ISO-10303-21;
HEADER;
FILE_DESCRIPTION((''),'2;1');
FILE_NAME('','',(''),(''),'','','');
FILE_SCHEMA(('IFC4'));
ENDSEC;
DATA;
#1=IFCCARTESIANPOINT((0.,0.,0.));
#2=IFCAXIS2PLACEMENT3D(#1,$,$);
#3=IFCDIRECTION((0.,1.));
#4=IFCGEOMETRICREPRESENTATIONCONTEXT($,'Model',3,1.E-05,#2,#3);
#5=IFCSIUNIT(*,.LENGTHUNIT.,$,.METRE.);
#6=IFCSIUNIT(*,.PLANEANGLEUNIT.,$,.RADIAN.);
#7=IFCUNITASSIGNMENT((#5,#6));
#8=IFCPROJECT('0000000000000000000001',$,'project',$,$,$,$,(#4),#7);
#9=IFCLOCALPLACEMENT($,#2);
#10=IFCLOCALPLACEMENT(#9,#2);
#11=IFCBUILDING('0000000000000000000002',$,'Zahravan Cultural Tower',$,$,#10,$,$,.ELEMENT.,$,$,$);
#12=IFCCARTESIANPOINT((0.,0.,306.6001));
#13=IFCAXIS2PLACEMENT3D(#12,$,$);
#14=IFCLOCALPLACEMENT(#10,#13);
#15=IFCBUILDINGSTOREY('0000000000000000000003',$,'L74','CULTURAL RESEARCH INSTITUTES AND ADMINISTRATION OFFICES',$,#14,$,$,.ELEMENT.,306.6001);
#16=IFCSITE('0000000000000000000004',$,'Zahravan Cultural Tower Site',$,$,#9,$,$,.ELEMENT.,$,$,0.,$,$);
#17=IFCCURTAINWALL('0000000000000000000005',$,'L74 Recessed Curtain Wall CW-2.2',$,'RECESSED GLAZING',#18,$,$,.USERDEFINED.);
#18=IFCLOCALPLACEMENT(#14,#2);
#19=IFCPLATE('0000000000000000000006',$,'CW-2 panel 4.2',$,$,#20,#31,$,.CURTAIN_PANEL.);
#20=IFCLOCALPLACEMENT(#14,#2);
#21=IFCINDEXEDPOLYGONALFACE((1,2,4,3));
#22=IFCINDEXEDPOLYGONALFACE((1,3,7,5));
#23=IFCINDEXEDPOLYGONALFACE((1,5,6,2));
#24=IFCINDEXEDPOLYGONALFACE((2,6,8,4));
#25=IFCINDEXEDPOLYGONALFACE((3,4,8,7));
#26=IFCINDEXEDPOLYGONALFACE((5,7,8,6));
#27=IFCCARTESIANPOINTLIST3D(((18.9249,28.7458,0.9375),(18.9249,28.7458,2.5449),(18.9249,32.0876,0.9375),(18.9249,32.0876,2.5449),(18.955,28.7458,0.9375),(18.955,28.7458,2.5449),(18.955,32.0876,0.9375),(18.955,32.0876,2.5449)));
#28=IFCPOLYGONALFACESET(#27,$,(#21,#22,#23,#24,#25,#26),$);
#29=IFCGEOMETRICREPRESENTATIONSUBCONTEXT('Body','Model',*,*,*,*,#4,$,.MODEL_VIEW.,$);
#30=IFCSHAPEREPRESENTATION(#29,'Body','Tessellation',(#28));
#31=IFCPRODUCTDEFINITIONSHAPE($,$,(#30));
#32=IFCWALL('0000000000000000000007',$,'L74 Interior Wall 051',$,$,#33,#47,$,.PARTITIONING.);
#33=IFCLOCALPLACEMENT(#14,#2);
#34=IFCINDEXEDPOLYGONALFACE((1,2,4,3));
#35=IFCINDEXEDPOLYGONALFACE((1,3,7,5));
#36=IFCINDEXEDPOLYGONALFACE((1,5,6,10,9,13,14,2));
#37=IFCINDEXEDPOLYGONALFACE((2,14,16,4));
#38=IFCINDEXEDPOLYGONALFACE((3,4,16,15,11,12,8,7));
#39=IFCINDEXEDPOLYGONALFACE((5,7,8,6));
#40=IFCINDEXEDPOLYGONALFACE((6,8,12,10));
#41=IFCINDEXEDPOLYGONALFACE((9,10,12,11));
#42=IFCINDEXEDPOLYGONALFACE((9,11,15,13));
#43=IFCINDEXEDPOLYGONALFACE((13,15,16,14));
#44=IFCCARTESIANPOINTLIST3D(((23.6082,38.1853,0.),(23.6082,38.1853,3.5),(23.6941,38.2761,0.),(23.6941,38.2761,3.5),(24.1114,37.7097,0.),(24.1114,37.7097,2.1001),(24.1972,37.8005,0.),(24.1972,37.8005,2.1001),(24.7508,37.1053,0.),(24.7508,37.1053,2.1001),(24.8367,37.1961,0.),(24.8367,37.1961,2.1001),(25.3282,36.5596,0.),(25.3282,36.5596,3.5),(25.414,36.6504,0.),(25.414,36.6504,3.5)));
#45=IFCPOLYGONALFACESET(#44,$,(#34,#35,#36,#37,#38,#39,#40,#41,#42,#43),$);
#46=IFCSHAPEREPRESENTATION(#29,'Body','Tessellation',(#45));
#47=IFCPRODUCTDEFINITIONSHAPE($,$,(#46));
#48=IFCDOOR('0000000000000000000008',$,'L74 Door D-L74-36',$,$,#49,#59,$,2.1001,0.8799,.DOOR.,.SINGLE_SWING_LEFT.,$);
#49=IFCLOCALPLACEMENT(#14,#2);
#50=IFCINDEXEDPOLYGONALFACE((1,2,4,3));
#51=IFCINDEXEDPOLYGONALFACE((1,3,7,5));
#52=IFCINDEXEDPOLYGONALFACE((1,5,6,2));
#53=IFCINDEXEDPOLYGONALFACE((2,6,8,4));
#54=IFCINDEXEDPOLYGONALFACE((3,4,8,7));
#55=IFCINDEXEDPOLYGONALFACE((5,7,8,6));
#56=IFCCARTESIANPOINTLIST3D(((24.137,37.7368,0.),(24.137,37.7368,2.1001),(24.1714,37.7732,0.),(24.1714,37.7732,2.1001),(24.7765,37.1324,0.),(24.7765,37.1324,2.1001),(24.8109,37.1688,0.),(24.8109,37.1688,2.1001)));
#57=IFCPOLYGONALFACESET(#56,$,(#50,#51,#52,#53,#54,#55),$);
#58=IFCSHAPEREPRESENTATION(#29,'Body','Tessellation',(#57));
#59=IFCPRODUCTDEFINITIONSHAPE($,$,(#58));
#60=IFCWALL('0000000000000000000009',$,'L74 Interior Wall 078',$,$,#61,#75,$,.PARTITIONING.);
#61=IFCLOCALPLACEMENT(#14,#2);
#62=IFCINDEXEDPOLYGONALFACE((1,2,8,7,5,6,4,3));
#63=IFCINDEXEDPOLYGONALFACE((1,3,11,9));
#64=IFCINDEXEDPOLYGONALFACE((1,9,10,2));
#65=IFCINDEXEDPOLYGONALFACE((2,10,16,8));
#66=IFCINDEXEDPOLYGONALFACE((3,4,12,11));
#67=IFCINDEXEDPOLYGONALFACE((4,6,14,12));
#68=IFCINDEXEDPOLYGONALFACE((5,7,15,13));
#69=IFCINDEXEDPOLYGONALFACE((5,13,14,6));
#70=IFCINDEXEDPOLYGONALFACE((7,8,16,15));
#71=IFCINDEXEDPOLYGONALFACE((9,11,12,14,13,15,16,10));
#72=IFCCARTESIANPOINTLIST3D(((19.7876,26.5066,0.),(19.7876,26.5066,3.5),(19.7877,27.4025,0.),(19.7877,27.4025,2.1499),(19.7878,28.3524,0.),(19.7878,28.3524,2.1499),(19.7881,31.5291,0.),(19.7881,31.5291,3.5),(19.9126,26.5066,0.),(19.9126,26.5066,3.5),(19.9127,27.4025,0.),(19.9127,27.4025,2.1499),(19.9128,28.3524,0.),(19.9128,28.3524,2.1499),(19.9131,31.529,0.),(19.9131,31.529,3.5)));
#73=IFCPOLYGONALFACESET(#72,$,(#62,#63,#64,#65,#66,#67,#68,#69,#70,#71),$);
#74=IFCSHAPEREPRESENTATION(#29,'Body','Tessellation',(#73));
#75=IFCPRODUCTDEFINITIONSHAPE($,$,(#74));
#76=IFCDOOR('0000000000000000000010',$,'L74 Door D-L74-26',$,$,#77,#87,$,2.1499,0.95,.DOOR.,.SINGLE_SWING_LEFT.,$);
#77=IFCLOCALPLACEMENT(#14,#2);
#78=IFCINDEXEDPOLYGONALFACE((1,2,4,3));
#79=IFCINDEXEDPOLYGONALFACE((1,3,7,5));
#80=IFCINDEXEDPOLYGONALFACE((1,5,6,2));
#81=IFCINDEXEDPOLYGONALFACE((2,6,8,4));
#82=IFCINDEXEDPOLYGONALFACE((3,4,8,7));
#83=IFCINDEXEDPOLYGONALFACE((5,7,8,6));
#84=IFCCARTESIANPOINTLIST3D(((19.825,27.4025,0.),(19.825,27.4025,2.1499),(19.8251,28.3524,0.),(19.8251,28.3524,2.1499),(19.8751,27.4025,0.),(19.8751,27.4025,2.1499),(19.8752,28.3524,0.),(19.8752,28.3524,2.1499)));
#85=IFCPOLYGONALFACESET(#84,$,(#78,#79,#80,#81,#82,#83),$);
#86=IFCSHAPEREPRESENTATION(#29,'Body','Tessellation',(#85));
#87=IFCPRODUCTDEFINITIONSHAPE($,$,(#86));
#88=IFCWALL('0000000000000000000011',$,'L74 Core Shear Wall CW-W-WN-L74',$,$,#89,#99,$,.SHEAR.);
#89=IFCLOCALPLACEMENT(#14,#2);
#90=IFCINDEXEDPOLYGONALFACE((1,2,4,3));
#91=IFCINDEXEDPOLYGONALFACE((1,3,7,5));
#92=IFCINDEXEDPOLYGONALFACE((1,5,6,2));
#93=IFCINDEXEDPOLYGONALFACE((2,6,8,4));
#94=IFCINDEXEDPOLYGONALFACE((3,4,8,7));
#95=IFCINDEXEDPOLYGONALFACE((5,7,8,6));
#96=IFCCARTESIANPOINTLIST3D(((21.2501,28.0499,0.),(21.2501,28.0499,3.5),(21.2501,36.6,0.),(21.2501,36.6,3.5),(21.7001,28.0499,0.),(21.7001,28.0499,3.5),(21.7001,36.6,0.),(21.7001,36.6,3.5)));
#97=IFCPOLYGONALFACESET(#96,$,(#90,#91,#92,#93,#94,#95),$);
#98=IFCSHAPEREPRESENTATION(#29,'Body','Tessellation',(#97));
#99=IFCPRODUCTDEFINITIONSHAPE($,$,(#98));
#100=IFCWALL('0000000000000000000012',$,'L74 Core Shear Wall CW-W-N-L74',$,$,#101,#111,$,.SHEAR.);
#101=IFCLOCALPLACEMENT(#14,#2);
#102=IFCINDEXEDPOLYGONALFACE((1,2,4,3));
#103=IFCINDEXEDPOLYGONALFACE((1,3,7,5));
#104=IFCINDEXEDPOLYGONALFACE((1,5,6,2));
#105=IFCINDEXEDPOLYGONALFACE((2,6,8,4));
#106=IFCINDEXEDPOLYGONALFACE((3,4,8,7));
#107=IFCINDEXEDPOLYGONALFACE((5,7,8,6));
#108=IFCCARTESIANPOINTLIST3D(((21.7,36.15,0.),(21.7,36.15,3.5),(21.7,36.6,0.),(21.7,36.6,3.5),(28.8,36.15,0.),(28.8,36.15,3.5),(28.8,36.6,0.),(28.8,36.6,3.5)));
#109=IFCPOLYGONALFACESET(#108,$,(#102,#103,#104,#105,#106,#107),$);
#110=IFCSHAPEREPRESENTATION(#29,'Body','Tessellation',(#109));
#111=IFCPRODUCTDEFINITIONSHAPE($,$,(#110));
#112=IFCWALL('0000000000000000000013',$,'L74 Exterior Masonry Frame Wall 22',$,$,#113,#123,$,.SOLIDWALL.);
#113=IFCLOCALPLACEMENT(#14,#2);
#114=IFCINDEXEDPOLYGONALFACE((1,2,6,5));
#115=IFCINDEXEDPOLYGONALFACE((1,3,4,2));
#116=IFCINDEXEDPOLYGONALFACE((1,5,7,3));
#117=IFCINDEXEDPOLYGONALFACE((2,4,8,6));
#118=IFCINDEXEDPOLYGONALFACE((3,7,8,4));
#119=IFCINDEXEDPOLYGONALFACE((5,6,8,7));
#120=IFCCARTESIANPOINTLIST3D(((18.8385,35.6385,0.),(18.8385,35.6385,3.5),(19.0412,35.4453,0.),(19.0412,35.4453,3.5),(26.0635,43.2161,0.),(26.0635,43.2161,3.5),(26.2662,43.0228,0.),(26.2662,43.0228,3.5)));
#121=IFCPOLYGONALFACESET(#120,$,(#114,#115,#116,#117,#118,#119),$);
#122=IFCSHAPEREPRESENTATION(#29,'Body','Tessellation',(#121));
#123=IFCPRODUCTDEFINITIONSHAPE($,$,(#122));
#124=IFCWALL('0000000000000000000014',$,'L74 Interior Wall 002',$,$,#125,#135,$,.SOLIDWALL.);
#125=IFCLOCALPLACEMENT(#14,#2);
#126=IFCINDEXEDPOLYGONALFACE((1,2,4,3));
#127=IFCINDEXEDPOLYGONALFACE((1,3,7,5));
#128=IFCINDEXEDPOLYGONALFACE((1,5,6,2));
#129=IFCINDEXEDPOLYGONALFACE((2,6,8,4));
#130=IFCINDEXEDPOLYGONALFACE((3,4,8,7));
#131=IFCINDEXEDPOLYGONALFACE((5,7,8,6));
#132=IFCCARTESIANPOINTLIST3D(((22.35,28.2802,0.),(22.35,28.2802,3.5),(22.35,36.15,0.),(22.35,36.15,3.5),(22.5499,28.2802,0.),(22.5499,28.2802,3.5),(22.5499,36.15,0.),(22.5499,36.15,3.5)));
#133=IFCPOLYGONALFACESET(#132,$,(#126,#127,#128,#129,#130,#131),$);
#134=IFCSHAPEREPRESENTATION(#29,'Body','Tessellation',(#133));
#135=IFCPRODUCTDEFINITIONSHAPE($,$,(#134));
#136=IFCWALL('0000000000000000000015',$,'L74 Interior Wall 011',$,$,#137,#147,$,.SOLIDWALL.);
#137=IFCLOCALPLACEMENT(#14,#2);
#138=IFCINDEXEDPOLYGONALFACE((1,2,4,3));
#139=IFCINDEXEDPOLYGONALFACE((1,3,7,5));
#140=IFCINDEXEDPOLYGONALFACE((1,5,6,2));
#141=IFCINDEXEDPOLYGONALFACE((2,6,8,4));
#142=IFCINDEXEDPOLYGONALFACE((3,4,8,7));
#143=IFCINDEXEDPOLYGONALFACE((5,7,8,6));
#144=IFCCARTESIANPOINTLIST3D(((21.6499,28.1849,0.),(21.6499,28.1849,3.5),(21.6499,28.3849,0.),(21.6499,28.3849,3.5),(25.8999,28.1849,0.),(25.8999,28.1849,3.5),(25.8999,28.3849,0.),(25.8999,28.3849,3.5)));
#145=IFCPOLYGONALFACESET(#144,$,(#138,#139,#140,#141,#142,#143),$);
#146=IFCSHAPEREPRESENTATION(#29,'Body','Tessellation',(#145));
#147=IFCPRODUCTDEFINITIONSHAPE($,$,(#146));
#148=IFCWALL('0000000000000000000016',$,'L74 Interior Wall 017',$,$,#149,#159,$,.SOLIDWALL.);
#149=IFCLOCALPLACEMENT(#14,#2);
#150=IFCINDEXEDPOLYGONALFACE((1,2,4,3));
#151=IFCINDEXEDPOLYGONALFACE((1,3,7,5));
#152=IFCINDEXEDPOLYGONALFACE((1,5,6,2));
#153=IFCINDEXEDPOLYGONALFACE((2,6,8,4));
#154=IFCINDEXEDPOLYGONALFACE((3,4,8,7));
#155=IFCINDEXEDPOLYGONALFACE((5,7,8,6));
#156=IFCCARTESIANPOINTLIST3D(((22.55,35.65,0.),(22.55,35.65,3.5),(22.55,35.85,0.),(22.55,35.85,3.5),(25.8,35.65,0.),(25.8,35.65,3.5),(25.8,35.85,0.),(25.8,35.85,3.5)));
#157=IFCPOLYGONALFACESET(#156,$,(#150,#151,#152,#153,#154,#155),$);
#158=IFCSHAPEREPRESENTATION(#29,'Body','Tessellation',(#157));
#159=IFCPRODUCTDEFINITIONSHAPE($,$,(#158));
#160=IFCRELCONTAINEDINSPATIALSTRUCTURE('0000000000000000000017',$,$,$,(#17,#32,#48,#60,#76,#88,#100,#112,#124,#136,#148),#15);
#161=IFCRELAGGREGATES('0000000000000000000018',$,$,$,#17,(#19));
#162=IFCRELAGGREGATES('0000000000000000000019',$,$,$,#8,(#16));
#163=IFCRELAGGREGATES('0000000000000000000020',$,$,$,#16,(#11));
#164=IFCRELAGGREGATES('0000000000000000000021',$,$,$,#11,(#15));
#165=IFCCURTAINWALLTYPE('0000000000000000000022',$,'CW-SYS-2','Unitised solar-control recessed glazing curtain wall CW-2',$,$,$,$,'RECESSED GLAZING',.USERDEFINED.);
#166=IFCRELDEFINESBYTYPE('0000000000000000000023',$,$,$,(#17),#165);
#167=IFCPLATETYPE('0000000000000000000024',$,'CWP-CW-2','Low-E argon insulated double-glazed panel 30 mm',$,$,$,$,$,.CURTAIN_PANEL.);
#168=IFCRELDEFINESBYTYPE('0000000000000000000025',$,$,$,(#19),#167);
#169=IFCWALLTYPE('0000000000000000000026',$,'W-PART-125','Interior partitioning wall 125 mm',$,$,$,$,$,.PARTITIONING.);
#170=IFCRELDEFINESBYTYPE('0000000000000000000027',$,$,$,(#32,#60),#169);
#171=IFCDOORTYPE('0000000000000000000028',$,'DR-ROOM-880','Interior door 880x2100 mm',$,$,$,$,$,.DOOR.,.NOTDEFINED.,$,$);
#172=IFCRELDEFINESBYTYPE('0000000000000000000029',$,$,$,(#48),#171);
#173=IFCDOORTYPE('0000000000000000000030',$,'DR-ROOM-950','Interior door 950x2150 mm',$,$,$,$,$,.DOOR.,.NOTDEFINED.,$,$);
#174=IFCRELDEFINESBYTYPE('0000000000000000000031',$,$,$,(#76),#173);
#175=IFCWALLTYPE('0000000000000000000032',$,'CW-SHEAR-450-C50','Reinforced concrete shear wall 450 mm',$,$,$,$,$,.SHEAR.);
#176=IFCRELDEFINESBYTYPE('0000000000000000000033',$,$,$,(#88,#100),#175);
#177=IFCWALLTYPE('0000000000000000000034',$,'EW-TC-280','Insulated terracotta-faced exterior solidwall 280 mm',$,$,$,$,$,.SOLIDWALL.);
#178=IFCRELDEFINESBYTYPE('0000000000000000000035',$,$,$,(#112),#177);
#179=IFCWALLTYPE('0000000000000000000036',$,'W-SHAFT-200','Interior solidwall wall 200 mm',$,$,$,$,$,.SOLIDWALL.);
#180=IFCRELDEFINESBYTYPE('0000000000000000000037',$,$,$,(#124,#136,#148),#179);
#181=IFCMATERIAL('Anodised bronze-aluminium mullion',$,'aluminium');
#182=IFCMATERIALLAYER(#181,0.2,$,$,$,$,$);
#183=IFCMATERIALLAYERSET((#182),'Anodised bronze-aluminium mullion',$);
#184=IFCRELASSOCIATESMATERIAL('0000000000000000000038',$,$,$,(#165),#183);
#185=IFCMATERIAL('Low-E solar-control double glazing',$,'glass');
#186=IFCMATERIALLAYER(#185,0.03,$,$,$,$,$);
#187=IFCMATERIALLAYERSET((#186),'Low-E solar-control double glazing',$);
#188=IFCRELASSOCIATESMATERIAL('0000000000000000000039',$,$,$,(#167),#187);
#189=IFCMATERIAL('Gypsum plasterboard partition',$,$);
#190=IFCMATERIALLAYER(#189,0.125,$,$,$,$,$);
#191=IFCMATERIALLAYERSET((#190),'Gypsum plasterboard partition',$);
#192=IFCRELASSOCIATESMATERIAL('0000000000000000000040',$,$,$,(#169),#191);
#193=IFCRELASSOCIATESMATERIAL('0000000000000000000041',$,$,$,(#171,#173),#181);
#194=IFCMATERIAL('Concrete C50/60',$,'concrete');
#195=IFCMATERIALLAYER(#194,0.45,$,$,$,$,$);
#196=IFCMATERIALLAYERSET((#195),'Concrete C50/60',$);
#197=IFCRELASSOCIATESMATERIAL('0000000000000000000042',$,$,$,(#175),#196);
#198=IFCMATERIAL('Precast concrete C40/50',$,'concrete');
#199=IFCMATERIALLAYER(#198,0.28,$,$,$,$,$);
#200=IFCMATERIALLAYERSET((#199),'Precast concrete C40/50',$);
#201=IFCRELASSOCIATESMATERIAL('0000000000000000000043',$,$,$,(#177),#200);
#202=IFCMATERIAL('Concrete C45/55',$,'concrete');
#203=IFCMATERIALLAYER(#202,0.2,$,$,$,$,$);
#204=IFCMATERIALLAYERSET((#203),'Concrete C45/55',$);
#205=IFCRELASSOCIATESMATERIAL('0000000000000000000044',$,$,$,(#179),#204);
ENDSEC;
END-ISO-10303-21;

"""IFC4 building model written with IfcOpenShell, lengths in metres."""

from ifc_helpers import new_model, si_unit, direction, frame, frame_2d, origin, origin_2d, place, context, subcontext, project, spatial, rectangle, extrude, source, transform, mapped, material, layer, layer_set, type_object, element, fill, aggregate, save


model = new_model("IFC4")

# Units and contexts
model_context = context("Model", 3, precision=1e-05, world=origin(), true_north=direction((0.0, 1.0)))
body_context = subcontext(model_context, "Body", "Model", "MODEL_VIEW")
ifc_project = project(units=[si_unit("LENGTHUNIT", "METRE"), si_unit("PLANEANGLEUNIT", "RADIAN")], contexts=[model_context])

# Site, building, storey
site_placement = place(None, origin())
site = spatial("IfcSite", under=ifc_project, at=site_placement, Name="Zahravan Cultural Tower Site", CompositionType="ELEMENT", RefElevation=0.0)
building_placement = place(site_placement, origin())
building = spatial("IfcBuilding", under=site, at=building_placement, Name="Zahravan Cultural Tower", CompositionType="ELEMENT")
storey_placement = place(building_placement, frame((0.0, 0.0, 306.6001)))
storey = spatial("IfcBuildingStorey", under=building, at=storey_placement, Name="L74", Description="CULTURAL RESEARCH INSTITUTES AND ADMINISTRATION OFFICES", CompositionType="ELEMENT", Elevation=306.6001)

# Shared definitions
ifc_material_1 = material(Name="Concrete C50/60", Category="concrete")

# Curtain wall, plate
ifc_material_2 = material(Name="Anodised bronze-aluminium mullion", Category="aluminium")
ifc_layer_1 = layer(ifc_material_2, 0.2)
ifc_layer_set_1 = layer_set([ifc_layer_1], Name="Anodised bronze-aluminium mullion")
curtain_wall_type = type_object("IfcCurtainWallType", Name="CW-SYS-2", Description="Unitised solar-control recessed glazing curtain wall CW-2", ElementType="RECESSED GLAZING", PredefinedType="USERDEFINED", material=ifc_layer_set_1)
curtain_wall_placement = place(storey_placement, origin())
curtain_wall = element("IfcCurtainWall", 1, at=curtain_wall_placement, inside=storey, type_object=curtain_wall_type, Name="L74 Recessed Curtain Wall CW-2.2", ObjectType="RECESSED GLAZING", PredefinedType="USERDEFINED")
ifc_material_3 = material(Name="Low-E solar-control double glazing", Category="glass")
ifc_layer_2 = layer(ifc_material_3, 0.03)
ifc_layer_set_2 = layer_set([ifc_layer_2], Name="Low-E solar-control double glazing")
plate_type = type_object("IfcPlateType", Name="CWP-CW-2", Description="Low-E argon insulated double-glazed panel 30 mm", PredefinedType="CURTAIN_PANEL", material=ifc_layer_set_2)
shared_shape_1 = source(origin(), body_context, "Body", "SweptSolid", [
    extrude(rectangle(XDim=3.3418, YDim=0.03, at=origin_2d()), origin(), (0.0, 0.0, 1.0), 1.6074),
])
plate_1_placement = place(storey_placement, frame((18.9399, 30.4167, 0.9375), z_axis=(0.0, 0.0, 1.0), x_axis=(0.0, 1.0, 0.0)))
plate_1 = element("IfcPlate", 2, at=plate_1_placement, type_object=plate_type, Name="CW-2 panel 4.2", PredefinedType="CURTAIN_PANEL", context=body_context, shape_type="MappedRepresentation", body=[
    mapped(shared_shape_1, transform((0.0, 0.0, 0.0), x_axis=(1.0, 0.0, 0.0), y_axis=(0.0, 1.0, 0.0), z_axis=(0.0, 0.0, 1.0), scale=1.0)),
])
aggregate(curtain_wall, [plate_1])

# Walls, openings, doors
ifc_material_4 = material(Name="Gypsum plasterboard partition")
ifc_layer_3 = layer(ifc_material_4, 0.125)
ifc_layer_set_3 = layer_set([ifc_layer_3], Name="Gypsum plasterboard partition")
wall_type_1 = type_object("IfcWallType", Name="W-PART-125", Description="Interior partitioning wall 125 mm", PredefinedType="PARTITIONING", material=ifc_layer_set_3)
wall_1_placement = place(storey_placement, frame((23.6511, 38.2307, 0.0), z_axis=(0.0, 0.0, 1.0), x_axis=(0.726736, -0.686917, 0.0)))
wall_1 = element("IfcWall", 3, at=wall_1_placement, inside=storey, type_object=wall_type_1, Name="L74 Interior Wall 051", PredefinedType="PARTITIONING", context=body_context, shape_type="SweptSolid", body=[
    extrude(rectangle(XDim=2.3667, YDim=0.125, at=frame_2d((1.1833, 0.0))), origin(), (0.0, 0.0, 1.0), 3.5),
])
opening_1_placement = place(wall_1_placement, frame((0.6924, 0.0, 0.0)))
opening_1 = element("IfcOpeningElement", 4, at=opening_1_placement, cuts=wall_1, PredefinedType="OPENING", context=body_context, shape_type="SweptSolid", body=[
    extrude(rectangle(XDim=0.8799, YDim=2.1001, at=frame_2d((0.4399, 1.05))), frame((0.0, 0.0725, 0.0), z_axis=(0.0, -1.0, 0.0), x_axis=(1.0, 0.0, 0.0)), (0.0, 0.0, 1.0), 0.145),
])
door_type_1 = type_object("IfcDoorType", Name="DR-ROOM-880", Description="Interior door 880x2100 mm", OperationType="NOTDEFINED", PredefinedType="DOOR", material=ifc_material_2)
shared_shape_2 = source(origin(), body_context, "Body", "SweptSolid", [
    extrude(rectangle(XDim=0.8799, YDim=2.1001, at=frame_2d((0.4399, 1.05))), frame((0.0, 0.0249, 0.0), z_axis=(0.0, -1.0, 0.0), x_axis=(1.0, 0.0, 0.0)), (0.0, 0.0, 1.0), 0.05),
])
door_1_placement = place(opening_1_placement, origin())
door_1 = element("IfcDoor", 5, at=door_1_placement, inside=storey, type_object=door_type_1, Name="L74 Door D-L74-36", OperationType="SINGLE_SWING_LEFT", OverallHeight=2.1001, OverallWidth=0.8799, PredefinedType="DOOR", context=body_context, shape_type="MappedRepresentation", body=[
    mapped(shared_shape_2, transform((0.0, 0.0, 0.0), x_axis=(1.0, 0.0, 0.0), y_axis=(0.0, 1.0, 0.0), z_axis=(0.0, 0.0, 1.0), scale=1.0)),
])
fill(opening_1, door_1)
wall_2_placement = place(storey_placement, frame((19.8506, 31.5291, 0.0), z_axis=(0.0, 0.0, 1.0), x_axis=(-0.000097, -1.0, 0.0)))
wall_2 = element("IfcWall", 6, at=wall_2_placement, inside=storey, type_object=wall_type_1, Name="L74 Interior Wall 078", PredefinedType="PARTITIONING", context=body_context, shape_type="SweptSolid", body=[
    extrude(rectangle(XDim=5.0225, YDim=0.125, at=frame_2d((2.5112, 0.0))), origin(), (0.0, 0.0, 1.0), 3.5),
])
opening_2_placement = place(wall_2_placement, frame((3.1765, 0.0, 0.0)))
opening_2 = element("IfcOpeningElement", 7, at=opening_2_placement, cuts=wall_2, PredefinedType="OPENING", context=body_context, shape_type="SweptSolid", body=[
    extrude(rectangle(XDim=0.95, YDim=2.1499, at=frame_2d((0.4751, 1.075))), frame((0.0, 0.0725, 0.0), z_axis=(0.0, -1.0, 0.0), x_axis=(1.0, 0.0, 0.0)), (0.0, 0.0, 1.0), 0.145),
])
door_type_2 = type_object("IfcDoorType", Name="DR-ROOM-950", Description="Interior door 950x2150 mm", OperationType="NOTDEFINED", PredefinedType="DOOR", material=ifc_material_2)
shared_shape_3 = source(origin(), body_context, "Body", "SweptSolid", [
    extrude(rectangle(XDim=0.95, YDim=2.1499, at=frame_2d((0.4751, 1.075))), frame((0.0, 0.0249, 0.0), z_axis=(0.0, -1.0, 0.0), x_axis=(1.0, 0.0, 0.0)), (0.0, 0.0, 1.0), 0.05),
])
door_2_placement = place(opening_2_placement, origin())
door_2 = element("IfcDoor", 8, at=door_2_placement, inside=storey, type_object=door_type_2, Name="L74 Door D-L74-26", OperationType="SINGLE_SWING_LEFT", OverallHeight=2.1499, OverallWidth=0.95, PredefinedType="DOOR", context=body_context, shape_type="MappedRepresentation", body=[
    mapped(shared_shape_3, transform((0.0, 0.0, 0.0), x_axis=(1.0, 0.0, 0.0), y_axis=(0.0, 1.0, 0.0), z_axis=(0.0, 0.0, 1.0), scale=1.0)),
])
fill(opening_2, door_2)

# Walls
ifc_layer_4 = layer(ifc_material_1, 0.45)
ifc_layer_set_4 = layer_set([ifc_layer_4], Name="Concrete C50/60")
wall_type_2 = type_object("IfcWallType", Name="CW-SHEAR-450-C50", Description="Reinforced concrete shear wall 450 mm", PredefinedType="SHEAR", material=ifc_layer_set_4)
shared_shape_4 = source(origin(), body_context, "Body", "SweptSolid", [
    extrude(rectangle(XDim=8.55, YDim=0.45, at=frame_2d((4.2749, 0.0))), origin(), (0.0, 0.0, 1.0), 3.5),
])
wall_3_placement = place(storey_placement, frame((21.4751, 28.05, 0.0), z_axis=(0.0, 0.0, 1.0), x_axis=(0.0, 1.0, 0.0)))
element("IfcWall", 9, at=wall_3_placement, inside=storey, type_object=wall_type_2, Name="L74 Core Shear Wall CW-W-WN-L74", PredefinedType="SHEAR", context=body_context, shape_type="MappedRepresentation", body=[
    mapped(shared_shape_4, transform((0.0, 0.0, 0.0), x_axis=(1.0, 0.0, 0.0), y_axis=(0.0, 1.0, 0.0), z_axis=(0.0, 0.0, 1.0), scale=1.0)),
])
shared_shape_5 = source(origin(), body_context, "Body", "SweptSolid", [
    extrude(rectangle(XDim=7.1001, YDim=0.45, at=frame_2d((3.55, 0.0))), origin(), (0.0, 0.0, 1.0), 3.5),
])
wall_4_placement = place(storey_placement, frame((21.7, 36.375, 0.0), z_axis=(0.0, 0.0, 1.0), x_axis=(1.0, 0.0, 0.0)))
element("IfcWall", 10, at=wall_4_placement, inside=storey, type_object=wall_type_2, Name="L74 Core Shear Wall CW-W-N-L74", PredefinedType="SHEAR", context=body_context, shape_type="MappedRepresentation", body=[
    mapped(shared_shape_5, transform((0.0, 0.0, 0.0), x_axis=(1.0, 0.0, 0.0), y_axis=(0.0, 1.0, 0.0), z_axis=(0.0, 0.0, 1.0), scale=1.0)),
])
ifc_material_5 = material(Name="Precast concrete C40/50", Category="concrete")
ifc_layer_5 = layer(ifc_material_5, 0.28)
ifc_layer_set_5 = layer_set([ifc_layer_5], Name="Precast concrete C40/50")
wall_type_3 = type_object("IfcWallType", Name="EW-TC-280", Description="Insulated terracotta-faced exterior solidwall 280 mm", PredefinedType="SOLIDWALL", material=ifc_layer_set_5)
shared_shape_6 = source(origin(), body_context, "Body", "SweptSolid", [
    extrude(rectangle(XDim=10.47, YDim=0.28, at=frame_2d((5.2349, 0.0))), origin(), (0.0, 0.0, 1.0), 3.5),
])
wall_5_placement = place(storey_placement, frame((18.9399, 35.542, 0.0), z_axis=(0.0, 0.0, 1.0), x_axis=(0.690071, 0.723742, 0.0)))
element("IfcWall", 11, at=wall_5_placement, inside=storey, type_object=wall_type_3, Name="L74 Exterior Masonry Frame Wall 22", PredefinedType="SOLIDWALL", context=body_context, shape_type="MappedRepresentation", body=[
    mapped(shared_shape_6, transform((0.0, 0.0, 0.0), x_axis=(1.0, 0.0, 0.0), y_axis=(0.0, 1.0, 0.0), z_axis=(0.0, 0.0, 1.0), scale=1.0)),
])
ifc_material_6 = material(Name="Concrete C45/55", Category="concrete")
ifc_layer_6 = layer(ifc_material_6, 0.2)
ifc_layer_set_6 = layer_set([ifc_layer_6], Name="Concrete C45/55")
wall_type_4 = type_object("IfcWallType", Name="W-SHAFT-200", Description="Interior solidwall wall 200 mm", PredefinedType="SOLIDWALL", material=ifc_layer_set_6)
shared_shape_7 = source(origin(), body_context, "Body", "SweptSolid", [
    extrude(rectangle(XDim=7.8699, YDim=0.2, at=frame_2d((3.9351, 0.0))), origin(), (0.0, 0.0, 1.0), 3.5),
])
wall_6_placement = place(storey_placement, frame((22.45, 28.28, 0.0), z_axis=(0.0, 0.0, 1.0), x_axis=(0.0, 1.0, 0.0)))
element("IfcWall", 12, at=wall_6_placement, inside=storey, type_object=wall_type_4, Name="L74 Interior Wall 002", PredefinedType="SOLIDWALL", context=body_context, shape_type="MappedRepresentation", body=[
    mapped(shared_shape_7, transform((0.0, 0.0, 0.0), x_axis=(1.0, 0.0, 0.0), y_axis=(0.0, 1.0, 0.0), z_axis=(0.0, 0.0, 1.0), scale=1.0)),
])
shared_shape_8 = source(origin(), body_context, "Body", "SweptSolid", [
    extrude(rectangle(XDim=4.25, YDim=0.2, at=frame_2d((2.125, 0.0))), origin(), (0.0, 0.0, 1.0), 3.5),
])
wall_7_placement = place(storey_placement, frame((21.6499, 28.2849, 0.0), z_axis=(0.0, 0.0, 1.0), x_axis=(1.0, 0.0, 0.0)))
element("IfcWall", 13, at=wall_7_placement, inside=storey, type_object=wall_type_4, Name="L74 Interior Wall 011", PredefinedType="SOLIDWALL", context=body_context, shape_type="MappedRepresentation", body=[
    mapped(shared_shape_8, transform((0.0, 0.0, 0.0), x_axis=(1.0, 0.0, 0.0), y_axis=(0.0, 1.0, 0.0), z_axis=(0.0, 0.0, 1.0), scale=1.0)),
])
shared_shape_9 = source(origin(), body_context, "Body", "SweptSolid", [
    extrude(rectangle(XDim=3.25, YDim=0.2, at=frame_2d((1.625, 0.0))), origin(), (0.0, 0.0, 1.0), 3.5),
])
wall_8_placement = place(storey_placement, frame((22.55, 35.75, 0.0), z_axis=(0.0, 0.0, 1.0), x_axis=(1.0, 0.0, 0.0)))
element("IfcWall", 14, at=wall_8_placement, inside=storey, type_object=wall_type_4, Name="L74 Interior Wall 017", PredefinedType="SOLIDWALL", context=body_context, shape_type="MappedRepresentation", body=[
    mapped(shared_shape_9, transform((0.0, 0.0, 0.0), x_axis=(1.0, 0.0, 0.0), y_axis=(0.0, 1.0, 0.0), z_axis=(0.0, 0.0, 1.0), scale=1.0)),
])

save(model, "model.ifc")
